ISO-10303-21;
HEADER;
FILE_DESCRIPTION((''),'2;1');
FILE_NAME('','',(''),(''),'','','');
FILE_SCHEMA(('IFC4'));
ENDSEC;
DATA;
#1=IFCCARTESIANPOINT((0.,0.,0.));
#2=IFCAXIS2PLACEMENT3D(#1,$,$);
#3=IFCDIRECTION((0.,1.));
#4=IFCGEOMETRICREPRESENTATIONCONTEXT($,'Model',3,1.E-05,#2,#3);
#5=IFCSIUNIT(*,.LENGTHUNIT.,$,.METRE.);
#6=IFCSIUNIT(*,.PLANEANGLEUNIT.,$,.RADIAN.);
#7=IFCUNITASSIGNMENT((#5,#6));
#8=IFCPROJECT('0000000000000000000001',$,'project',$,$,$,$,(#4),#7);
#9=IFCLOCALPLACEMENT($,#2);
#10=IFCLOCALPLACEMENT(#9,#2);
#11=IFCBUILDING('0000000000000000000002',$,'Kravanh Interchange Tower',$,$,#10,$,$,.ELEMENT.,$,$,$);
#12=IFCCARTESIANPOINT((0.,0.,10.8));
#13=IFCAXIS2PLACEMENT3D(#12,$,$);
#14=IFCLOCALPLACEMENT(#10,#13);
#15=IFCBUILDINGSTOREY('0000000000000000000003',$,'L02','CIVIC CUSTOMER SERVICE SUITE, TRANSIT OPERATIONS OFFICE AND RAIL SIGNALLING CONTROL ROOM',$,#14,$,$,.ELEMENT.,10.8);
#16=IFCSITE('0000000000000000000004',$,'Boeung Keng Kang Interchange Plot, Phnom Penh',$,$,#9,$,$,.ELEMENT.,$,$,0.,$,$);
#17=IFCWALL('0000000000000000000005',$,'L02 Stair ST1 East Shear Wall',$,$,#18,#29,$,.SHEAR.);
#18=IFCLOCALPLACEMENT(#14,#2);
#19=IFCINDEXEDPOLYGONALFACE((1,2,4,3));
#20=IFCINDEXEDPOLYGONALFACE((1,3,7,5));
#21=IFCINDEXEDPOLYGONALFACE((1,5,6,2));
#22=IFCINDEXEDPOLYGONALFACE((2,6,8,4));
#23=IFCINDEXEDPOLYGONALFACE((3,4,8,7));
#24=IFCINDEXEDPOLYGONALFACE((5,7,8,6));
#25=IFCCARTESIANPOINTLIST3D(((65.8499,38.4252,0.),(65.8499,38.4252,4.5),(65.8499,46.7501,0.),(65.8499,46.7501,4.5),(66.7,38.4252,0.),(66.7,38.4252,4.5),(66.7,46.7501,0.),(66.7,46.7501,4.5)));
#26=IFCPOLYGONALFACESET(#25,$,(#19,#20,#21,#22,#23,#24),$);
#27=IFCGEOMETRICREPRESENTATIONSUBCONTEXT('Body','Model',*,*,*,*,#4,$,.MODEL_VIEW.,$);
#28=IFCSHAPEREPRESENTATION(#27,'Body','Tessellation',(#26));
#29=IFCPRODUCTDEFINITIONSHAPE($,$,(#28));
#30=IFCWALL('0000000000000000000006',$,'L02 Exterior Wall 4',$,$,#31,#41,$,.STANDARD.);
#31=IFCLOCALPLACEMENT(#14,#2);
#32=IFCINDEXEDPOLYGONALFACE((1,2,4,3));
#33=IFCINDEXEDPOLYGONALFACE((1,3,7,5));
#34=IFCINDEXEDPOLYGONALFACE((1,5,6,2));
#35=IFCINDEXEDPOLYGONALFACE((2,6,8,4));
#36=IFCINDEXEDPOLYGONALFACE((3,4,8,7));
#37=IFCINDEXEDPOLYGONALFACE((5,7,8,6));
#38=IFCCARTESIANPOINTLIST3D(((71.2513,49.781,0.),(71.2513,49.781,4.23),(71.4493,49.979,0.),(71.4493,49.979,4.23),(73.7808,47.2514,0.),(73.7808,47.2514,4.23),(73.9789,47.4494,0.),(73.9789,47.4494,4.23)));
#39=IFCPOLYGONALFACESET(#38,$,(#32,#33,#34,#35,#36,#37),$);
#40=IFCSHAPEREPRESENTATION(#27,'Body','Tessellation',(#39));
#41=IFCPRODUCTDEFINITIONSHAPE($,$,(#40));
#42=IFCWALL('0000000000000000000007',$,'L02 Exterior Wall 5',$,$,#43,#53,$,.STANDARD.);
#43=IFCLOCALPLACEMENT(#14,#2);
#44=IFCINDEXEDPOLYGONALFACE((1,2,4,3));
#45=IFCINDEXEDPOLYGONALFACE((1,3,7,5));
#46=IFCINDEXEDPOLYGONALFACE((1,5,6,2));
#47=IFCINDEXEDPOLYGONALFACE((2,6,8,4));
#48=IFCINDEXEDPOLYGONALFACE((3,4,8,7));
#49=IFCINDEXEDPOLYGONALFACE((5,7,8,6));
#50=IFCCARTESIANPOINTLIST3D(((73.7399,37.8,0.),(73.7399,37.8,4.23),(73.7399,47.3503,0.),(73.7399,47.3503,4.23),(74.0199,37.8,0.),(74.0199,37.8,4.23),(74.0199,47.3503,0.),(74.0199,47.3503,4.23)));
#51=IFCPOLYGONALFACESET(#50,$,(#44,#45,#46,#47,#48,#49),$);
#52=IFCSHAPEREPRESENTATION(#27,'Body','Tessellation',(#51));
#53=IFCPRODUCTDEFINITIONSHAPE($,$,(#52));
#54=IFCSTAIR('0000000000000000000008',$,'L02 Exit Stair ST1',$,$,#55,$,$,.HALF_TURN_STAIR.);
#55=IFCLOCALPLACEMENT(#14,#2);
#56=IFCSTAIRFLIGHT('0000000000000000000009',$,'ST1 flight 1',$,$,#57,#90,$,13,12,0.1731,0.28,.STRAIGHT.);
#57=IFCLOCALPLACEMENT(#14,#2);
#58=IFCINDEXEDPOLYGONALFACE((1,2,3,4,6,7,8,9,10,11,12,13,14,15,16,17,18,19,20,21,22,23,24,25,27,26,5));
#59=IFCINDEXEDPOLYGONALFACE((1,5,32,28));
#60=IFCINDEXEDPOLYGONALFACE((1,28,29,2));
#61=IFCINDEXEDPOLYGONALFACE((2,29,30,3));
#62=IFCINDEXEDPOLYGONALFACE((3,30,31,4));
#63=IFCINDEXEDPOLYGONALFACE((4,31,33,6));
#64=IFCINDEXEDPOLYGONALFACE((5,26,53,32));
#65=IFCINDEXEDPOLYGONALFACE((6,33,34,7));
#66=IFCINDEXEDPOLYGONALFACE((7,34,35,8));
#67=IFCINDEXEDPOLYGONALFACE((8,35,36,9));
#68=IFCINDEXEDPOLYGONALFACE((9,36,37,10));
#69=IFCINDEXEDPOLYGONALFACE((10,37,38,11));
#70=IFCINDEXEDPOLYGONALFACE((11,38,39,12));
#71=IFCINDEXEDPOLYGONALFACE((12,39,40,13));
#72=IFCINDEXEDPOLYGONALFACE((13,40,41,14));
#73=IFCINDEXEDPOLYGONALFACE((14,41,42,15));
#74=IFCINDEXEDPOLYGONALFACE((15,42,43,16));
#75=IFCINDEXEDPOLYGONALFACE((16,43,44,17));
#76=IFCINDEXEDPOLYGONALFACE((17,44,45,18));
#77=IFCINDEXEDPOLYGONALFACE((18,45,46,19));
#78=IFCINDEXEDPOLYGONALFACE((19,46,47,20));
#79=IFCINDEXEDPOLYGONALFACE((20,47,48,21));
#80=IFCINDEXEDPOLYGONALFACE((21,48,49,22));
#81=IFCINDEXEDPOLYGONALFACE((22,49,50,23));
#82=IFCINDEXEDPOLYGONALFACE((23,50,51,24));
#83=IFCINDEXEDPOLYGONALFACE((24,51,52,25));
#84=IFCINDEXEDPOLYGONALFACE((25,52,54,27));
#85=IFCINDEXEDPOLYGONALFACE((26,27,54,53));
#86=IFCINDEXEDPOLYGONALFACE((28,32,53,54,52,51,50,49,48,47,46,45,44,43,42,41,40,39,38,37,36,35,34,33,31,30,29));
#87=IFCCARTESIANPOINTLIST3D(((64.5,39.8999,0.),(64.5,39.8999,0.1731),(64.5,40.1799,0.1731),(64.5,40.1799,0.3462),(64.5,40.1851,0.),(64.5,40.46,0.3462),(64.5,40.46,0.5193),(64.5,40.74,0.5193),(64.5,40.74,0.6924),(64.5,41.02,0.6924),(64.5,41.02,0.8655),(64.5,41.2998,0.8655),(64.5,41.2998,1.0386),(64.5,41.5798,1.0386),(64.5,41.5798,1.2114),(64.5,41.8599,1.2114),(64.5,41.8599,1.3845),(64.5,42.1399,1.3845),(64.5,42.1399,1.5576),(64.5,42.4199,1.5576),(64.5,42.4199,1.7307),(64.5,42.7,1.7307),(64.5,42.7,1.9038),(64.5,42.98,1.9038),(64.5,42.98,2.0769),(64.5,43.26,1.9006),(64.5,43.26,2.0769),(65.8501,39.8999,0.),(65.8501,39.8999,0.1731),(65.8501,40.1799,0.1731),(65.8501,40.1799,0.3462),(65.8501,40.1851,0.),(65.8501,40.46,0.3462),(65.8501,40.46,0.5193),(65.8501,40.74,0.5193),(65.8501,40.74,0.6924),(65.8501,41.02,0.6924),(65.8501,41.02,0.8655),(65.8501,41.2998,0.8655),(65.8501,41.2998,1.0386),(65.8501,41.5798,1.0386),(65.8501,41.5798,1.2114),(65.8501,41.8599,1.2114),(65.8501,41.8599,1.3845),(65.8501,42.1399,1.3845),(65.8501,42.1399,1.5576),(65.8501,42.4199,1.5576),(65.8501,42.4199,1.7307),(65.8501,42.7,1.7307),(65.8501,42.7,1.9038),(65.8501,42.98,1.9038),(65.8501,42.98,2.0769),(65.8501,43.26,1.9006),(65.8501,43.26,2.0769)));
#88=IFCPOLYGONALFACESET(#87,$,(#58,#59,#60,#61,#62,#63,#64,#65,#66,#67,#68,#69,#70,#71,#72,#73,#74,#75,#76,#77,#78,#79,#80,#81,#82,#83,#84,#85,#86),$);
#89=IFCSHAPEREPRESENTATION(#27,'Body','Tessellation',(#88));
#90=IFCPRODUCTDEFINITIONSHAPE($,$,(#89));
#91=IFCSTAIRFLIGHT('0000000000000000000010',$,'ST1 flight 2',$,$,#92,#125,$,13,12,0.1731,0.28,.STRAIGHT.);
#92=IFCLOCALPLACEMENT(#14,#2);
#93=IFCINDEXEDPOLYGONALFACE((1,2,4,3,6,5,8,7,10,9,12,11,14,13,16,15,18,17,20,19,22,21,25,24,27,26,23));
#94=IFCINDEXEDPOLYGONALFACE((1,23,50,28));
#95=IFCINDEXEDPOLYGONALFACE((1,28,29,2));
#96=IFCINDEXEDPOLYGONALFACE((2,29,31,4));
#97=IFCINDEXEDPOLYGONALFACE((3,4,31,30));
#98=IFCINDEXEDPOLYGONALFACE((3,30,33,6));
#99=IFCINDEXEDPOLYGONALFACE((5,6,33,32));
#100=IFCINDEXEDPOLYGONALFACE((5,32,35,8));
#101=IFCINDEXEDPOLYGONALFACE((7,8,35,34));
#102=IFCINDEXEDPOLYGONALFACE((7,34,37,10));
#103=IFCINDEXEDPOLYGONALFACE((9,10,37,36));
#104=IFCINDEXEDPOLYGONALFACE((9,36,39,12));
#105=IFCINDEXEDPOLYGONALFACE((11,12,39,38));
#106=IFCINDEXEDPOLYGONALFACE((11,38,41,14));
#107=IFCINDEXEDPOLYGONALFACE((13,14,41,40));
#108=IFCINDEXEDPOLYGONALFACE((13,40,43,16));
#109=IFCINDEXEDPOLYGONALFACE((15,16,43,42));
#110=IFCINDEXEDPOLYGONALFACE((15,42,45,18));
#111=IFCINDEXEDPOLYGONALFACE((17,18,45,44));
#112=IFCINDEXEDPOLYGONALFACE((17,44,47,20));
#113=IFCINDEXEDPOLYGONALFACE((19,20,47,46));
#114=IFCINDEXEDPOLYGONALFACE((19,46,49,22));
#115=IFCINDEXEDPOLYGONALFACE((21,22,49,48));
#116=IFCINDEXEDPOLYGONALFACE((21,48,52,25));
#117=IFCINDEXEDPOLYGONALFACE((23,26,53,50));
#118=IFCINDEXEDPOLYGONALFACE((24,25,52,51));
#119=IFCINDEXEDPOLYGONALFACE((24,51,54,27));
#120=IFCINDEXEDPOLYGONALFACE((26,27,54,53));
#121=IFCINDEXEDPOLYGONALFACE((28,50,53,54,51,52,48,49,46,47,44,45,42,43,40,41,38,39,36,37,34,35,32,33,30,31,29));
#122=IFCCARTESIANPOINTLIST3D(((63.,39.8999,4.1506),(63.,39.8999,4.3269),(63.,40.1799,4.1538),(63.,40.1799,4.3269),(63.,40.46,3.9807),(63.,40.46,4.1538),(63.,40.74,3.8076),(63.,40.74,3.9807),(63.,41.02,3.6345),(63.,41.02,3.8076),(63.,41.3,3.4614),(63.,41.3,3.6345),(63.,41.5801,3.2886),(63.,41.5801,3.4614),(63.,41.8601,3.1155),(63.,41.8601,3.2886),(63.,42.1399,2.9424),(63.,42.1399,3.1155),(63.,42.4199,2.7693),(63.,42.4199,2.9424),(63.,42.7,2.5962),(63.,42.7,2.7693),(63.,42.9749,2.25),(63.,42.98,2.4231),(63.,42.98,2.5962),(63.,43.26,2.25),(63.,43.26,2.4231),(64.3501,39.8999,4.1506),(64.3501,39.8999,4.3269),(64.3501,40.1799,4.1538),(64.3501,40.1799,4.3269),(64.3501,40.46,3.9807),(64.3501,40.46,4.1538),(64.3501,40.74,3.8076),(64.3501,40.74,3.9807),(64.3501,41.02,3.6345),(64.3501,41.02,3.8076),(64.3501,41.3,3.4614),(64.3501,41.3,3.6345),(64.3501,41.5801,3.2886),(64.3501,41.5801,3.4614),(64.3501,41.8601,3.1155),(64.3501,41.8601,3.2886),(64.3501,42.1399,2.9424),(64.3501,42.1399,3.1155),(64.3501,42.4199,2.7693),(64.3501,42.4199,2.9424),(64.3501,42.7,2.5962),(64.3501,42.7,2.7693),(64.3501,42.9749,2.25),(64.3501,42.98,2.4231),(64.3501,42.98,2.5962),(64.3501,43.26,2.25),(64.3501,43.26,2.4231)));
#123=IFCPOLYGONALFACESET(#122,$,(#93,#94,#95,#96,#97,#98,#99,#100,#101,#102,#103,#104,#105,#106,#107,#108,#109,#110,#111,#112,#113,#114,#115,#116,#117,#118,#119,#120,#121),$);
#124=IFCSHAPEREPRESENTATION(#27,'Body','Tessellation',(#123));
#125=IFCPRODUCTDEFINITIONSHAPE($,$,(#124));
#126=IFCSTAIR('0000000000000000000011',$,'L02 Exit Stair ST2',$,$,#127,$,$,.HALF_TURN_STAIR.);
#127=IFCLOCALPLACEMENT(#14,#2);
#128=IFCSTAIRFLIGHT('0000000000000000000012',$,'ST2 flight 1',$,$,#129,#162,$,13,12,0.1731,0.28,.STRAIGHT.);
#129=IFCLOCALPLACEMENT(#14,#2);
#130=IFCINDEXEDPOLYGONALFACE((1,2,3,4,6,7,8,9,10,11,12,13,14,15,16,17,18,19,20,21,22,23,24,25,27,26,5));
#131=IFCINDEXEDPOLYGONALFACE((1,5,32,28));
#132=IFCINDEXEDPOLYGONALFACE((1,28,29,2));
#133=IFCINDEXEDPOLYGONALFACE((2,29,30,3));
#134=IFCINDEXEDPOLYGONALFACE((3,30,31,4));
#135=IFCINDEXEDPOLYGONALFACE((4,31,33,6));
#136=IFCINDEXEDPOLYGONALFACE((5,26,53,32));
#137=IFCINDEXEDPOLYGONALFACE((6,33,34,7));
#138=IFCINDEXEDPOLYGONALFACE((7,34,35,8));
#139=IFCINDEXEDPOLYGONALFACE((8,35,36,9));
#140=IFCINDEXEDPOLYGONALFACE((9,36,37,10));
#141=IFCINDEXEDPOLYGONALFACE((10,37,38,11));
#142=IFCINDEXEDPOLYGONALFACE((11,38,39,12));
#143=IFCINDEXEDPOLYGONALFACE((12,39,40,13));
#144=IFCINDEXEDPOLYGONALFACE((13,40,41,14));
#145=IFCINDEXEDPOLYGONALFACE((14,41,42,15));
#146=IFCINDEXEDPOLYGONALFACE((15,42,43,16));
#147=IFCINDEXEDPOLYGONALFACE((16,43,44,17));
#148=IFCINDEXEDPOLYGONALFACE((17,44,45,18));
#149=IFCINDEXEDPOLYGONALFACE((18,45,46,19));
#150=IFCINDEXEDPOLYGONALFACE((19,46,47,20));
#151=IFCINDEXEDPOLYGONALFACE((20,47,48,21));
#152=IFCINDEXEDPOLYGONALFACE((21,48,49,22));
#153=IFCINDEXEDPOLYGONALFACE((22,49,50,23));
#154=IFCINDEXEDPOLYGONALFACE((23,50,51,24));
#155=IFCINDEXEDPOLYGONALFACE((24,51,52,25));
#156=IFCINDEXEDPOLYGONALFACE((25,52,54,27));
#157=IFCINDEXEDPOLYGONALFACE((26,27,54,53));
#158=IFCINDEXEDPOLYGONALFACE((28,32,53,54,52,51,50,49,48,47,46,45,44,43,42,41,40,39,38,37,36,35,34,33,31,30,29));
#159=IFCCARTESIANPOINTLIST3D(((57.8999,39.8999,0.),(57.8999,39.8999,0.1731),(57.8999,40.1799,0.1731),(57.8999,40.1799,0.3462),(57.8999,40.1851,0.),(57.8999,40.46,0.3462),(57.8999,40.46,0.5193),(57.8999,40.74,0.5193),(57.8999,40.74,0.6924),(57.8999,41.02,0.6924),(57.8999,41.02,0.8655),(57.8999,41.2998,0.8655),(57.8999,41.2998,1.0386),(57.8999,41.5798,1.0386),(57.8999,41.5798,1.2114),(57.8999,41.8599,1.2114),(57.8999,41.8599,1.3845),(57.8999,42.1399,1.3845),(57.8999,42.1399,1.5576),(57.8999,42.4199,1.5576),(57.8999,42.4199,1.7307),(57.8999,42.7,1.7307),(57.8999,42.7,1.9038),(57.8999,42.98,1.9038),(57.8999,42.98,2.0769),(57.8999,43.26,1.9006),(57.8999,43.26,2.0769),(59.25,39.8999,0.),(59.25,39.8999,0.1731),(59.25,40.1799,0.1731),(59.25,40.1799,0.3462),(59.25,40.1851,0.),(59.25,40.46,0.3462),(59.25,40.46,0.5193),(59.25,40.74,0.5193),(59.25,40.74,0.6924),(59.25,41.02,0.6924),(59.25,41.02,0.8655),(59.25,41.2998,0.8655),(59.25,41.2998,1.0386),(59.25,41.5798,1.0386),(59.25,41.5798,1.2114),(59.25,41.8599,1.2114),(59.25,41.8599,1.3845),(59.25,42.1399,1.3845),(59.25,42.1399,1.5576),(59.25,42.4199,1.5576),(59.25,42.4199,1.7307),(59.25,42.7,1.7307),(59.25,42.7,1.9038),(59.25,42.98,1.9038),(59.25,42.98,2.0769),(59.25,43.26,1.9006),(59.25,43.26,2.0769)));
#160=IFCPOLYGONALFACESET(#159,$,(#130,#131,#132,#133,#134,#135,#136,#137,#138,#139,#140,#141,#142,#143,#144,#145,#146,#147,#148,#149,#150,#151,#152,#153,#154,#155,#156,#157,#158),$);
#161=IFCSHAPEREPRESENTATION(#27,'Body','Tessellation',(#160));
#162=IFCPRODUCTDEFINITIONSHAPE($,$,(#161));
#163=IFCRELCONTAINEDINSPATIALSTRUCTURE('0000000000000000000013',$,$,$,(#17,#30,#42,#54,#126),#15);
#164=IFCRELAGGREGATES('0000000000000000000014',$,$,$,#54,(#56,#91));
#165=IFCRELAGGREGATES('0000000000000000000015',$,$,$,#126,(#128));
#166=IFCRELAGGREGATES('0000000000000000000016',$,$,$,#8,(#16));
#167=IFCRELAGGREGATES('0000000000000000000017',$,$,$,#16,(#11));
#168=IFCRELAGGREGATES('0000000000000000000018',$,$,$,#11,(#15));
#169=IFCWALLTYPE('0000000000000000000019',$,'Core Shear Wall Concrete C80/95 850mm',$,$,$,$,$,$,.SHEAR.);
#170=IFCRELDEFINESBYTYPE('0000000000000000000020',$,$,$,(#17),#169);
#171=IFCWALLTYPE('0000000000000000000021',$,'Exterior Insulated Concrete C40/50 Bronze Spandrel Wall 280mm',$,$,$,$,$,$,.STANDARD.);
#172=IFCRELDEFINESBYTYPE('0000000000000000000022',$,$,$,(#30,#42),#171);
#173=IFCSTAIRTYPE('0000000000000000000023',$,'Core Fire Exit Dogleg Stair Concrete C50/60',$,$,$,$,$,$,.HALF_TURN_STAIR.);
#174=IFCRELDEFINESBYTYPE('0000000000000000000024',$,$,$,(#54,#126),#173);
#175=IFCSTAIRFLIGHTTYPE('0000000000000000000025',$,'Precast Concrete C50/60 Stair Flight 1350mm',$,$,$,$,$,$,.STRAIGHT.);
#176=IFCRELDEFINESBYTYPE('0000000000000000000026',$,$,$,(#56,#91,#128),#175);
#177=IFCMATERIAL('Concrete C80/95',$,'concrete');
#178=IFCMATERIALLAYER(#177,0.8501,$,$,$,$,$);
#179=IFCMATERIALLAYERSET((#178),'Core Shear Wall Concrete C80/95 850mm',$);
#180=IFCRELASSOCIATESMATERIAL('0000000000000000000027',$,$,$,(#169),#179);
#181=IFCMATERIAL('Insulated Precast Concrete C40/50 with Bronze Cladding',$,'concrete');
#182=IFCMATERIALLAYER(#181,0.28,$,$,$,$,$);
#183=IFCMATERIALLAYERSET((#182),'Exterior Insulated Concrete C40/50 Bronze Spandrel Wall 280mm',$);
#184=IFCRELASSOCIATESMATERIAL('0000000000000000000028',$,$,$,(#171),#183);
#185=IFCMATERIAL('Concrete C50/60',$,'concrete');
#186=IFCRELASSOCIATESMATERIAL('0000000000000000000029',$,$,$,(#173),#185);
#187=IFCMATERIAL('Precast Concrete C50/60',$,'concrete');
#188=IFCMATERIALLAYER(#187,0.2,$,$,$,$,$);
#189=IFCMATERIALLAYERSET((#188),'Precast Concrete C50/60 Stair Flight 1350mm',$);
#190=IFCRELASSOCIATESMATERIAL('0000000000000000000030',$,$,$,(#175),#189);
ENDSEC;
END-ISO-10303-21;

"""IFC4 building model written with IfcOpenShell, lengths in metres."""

from ifc_helpers import new_model, si_unit, direction, frame, frame_2d, origin, place, context, subcontext, project, spatial, polyline, rectangle, outline, extrude, material, layer, layer_set, type_object, element, aggregate, save


model = new_model("IFC4")

# Units and contexts
model_context = context("Model", 3, precision=1e-05, world=origin(), true_north=direction((0.0, 1.0)))
body_context = subcontext(model_context, "Body", "Model", "MODEL_VIEW")
ifc_project = project(units=[si_unit("LENGTHUNIT", "METRE"), si_unit("PLANEANGLEUNIT", "RADIAN")], contexts=[model_context])

# Site, building, storey
site_placement = place(None, origin())
site = spatial("IfcSite", under=ifc_project, at=site_placement, Name="Boeung Keng Kang Interchange Plot, Phnom Penh", CompositionType="ELEMENT", RefElevation=0.0)
building_placement = place(site_placement, origin())
building = spatial("IfcBuilding", under=site, at=building_placement, Name="Kravanh Interchange Tower", CompositionType="ELEMENT")
storey_placement = place(building_placement, frame((0.0, 0.0, 10.8)))
storey = spatial("IfcBuildingStorey", under=building, at=storey_placement, Name="L02", Description="CIVIC CUSTOMER SERVICE SUITE, TRANSIT OPERATIONS OFFICE AND RAIL SIGNALLING CONTROL ROOM", CompositionType="ELEMENT", Elevation=10.8)

# Walls
ifc_material_1 = material(Name="Concrete C80/95", Category="concrete")
ifc_layer_1 = layer(ifc_material_1, 0.8501)
ifc_layer_set_1 = layer_set([ifc_layer_1], Name="Core Shear Wall Concrete C80/95 850mm")
wall_type_1 = type_object("IfcWallType", Name="Core Shear Wall Concrete C80/95 850mm", PredefinedType="SHEAR", material=ifc_layer_set_1)
wall_1_placement = place(storey_placement, frame((66.2749, 38.425, 0.0), z_axis=(0.0, 0.0, 1.0), x_axis=(0.0, 1.0, 0.0)))
element("IfcWall", 1, at=wall_1_placement, inside=storey, type_object=wall_type_1, Name="L02 Stair ST1 East Shear Wall", PredefinedType="SHEAR", context=body_context, shape_type="SweptSolid", body=[
    extrude(rectangle(XDim=8.325, YDim=0.8501, at=frame_2d((4.1626, 0.0))), origin(), (0.0, 0.0, 1.0), 4.5),
])
ifc_material_2 = material(Name="Insulated Precast Concrete C40/50 with Bronze Cladding", Category="concrete")
ifc_layer_2 = layer(ifc_material_2, 0.28)
ifc_layer_set_2 = layer_set([ifc_layer_2], Name="Exterior Insulated Concrete C40/50 Bronze Spandrel Wall 280mm")
wall_type_2 = type_object("IfcWallType", Name="Exterior Insulated Concrete C40/50 Bronze Spandrel Wall 280mm", PredefinedType="STANDARD", material=ifc_layer_set_2)
wall_2_placement = place(storey_placement, frame((71.3503, 49.8799, 0.0), z_axis=(0.0, 0.0, 1.0), x_axis=(0.707107, -0.707107, 0.0)))
element("IfcWall", 2, at=wall_2_placement, inside=storey, type_object=wall_type_2, Name="L02 Exterior Wall 4", PredefinedType="STANDARD", context=body_context, shape_type="SweptSolid", body=[
    extrude(rectangle(XDim=3.5774, YDim=0.28, at=frame_2d((1.7886, 0.0))), origin(), (0.0, 0.0, 1.0), 4.23),
])
wall_3_placement = place(storey_placement, frame((73.8799, 47.3503, 0.0), z_axis=(0.0, 0.0, 1.0), x_axis=(0.0, -1.0, 0.0)))
element("IfcWall", 3, at=wall_3_placement, inside=storey, type_object=wall_type_2, Name="L02 Exterior Wall 5", PredefinedType="STANDARD", context=body_context, shape_type="SweptSolid", body=[
    extrude(rectangle(XDim=9.5503, YDim=0.28, at=frame_2d((4.7751, 0.0))), origin(), (0.0, 0.0, 1.0), 4.23),
])

# Stairs, stair flights
ifc_material_3 = material(Name="Concrete C50/60", Category="concrete")
stair_type = type_object("IfcStairType", Name="Core Fire Exit Dogleg Stair Concrete C50/60", PredefinedType="HALF_TURN_STAIR", material=ifc_material_3)
stair_1_placement = place(storey_placement, origin())
stair_1 = element("IfcStair", 4, at=stair_1_placement, inside=storey, type_object=stair_type, Name="L02 Exit Stair ST1", PredefinedType="HALF_TURN_STAIR")
ifc_material_4 = material(Name="Precast Concrete C50/60", Category="concrete")
ifc_layer_3 = layer(ifc_material_4, 0.2)
ifc_layer_set_3 = layer_set([ifc_layer_3], Name="Precast Concrete C50/60 Stair Flight 1350mm")
stair_flight_type = type_object("IfcStairFlightType", Name="Precast Concrete C50/60 Stair Flight 1350mm", PredefinedType="STRAIGHT", material=ifc_layer_set_3)
stair_flight_1_placement = place(storey_placement, frame((65.175, 39.8999, 0.0), z_axis=(0.0, 0.0, 1.0), x_axis=(0.0, 1.0, 0.0)))
stair_flight_1 = element("IfcStairFlight", 5, at=stair_flight_1_placement, type_object=stair_flight_type, Name="ST1 flight 1", NumberOfRisers=13, NumberOfTreads=12, PredefinedType="STRAIGHT", RiserHeight=0.1731, TreadLength=0.28, context=body_context, shape_type="SweptSolid", body=[
    extrude(outline(polyline([(0.0, 0.0), (0.0, 0.1731), (0.28, 0.1731), (0.28, 0.3462), (0.5601, 0.3462), (0.5601, 0.5193), (0.8401, 0.5193), (0.8401, 0.6924), (1.1201, 0.6924), (1.1201, 0.8655), (1.3999, 0.8655), (1.3999, 1.0386), (1.6799, 1.0386), (1.6799, 1.2114), (1.96, 1.2114), (1.96, 1.3845), (2.24, 1.3845), (2.24, 1.5576), (2.52, 1.5576), (2.52, 1.7307), (2.8, 1.7307), (2.8, 1.9038), (3.0801, 1.9038), (3.0801, 2.0769), (3.3601, 2.0769), (3.3601, 2.25), (3.3601, 1.9006), (0.2852, 0.0), (0.0, 0.0)])), frame((0.0, 0.675, 0.0), z_axis=(0.0, -1.0, 0.0), x_axis=(1.0, 0.0, 0.0)), (0.0, 0.0, 1.0), 1.3501),
])
stair_flight_2_placement = place(storey_placement, frame((63.675, 43.26, 2.25), z_axis=(0.0, 0.0, 1.0), x_axis=(0.0, -1.0, 0.0)))
stair_flight_2 = element("IfcStairFlight", 6, at=stair_flight_2_placement, type_object=stair_flight_type, Name="ST1 flight 2", NumberOfRisers=13, NumberOfTreads=12, PredefinedType="STRAIGHT", RiserHeight=0.1731, TreadLength=0.28, context=body_context, shape_type="SweptSolid", body=[
    extrude(outline(polyline([(0.0, 0.0), (0.0, 0.1731), (0.28, 0.1731), (0.28, 0.3462), (0.5601, 0.3462), (0.5601, 0.5193), (0.8401, 0.5193), (0.8401, 0.6924), (1.1201, 0.6924), (1.1201, 0.8655), (1.3999, 0.8655), (1.3999, 1.0386), (1.6799, 1.0386), (1.6799, 1.2114), (1.96, 1.2114), (1.96, 1.3845), (2.24, 1.3845), (2.24, 1.5576), (2.52, 1.5576), (2.52, 1.7307), (2.8, 1.7307), (2.8, 1.9038), (3.0801, 1.9038), (3.0801, 2.0769), (3.3601, 2.0769), (3.3601, 2.25), (3.3601, 1.9006), (0.2852, 0.0), (0.0, 0.0)])), frame((0.0, 0.675, 0.0), z_axis=(0.0, -1.0, 0.0), x_axis=(1.0, 0.0, 0.0)), (0.0, 0.0, 1.0), 1.3501),
])
aggregate(stair_1, [stair_flight_1, stair_flight_2])
stair_2_placement = place(storey_placement, origin())
stair_2 = element("IfcStair", 7, at=stair_2_placement, inside=storey, type_object=stair_type, Name="L02 Exit Stair ST2", PredefinedType="HALF_TURN_STAIR")
stair_flight_3_placement = place(storey_placement, frame((58.575, 39.8999, 0.0), z_axis=(0.0, 0.0, 1.0), x_axis=(0.0, 1.0, 0.0)))
stair_flight_3 = element("IfcStairFlight", 8, at=stair_flight_3_placement, type_object=stair_flight_type, Name="ST2 flight 1", NumberOfRisers=13, NumberOfTreads=12, PredefinedType="STRAIGHT", RiserHeight=0.1731, TreadLength=0.28, context=body_context, shape_type="SweptSolid", body=[
    extrude(outline(polyline([(0.0, 0.0), (0.0, 0.1731), (0.28, 0.1731), (0.28, 0.3462), (0.5601, 0.3462), (0.5601, 0.5193), (0.8401, 0.5193), (0.8401, 0.6924), (1.1201, 0.6924), (1.1201, 0.8655), (1.3999, 0.8655), (1.3999, 1.0386), (1.6799, 1.0386), (1.6799, 1.2114), (1.96, 1.2114), (1.96, 1.3845), (2.24, 1.3845), (2.24, 1.5576), (2.52, 1.5576), (2.52, 1.7307), (2.8, 1.7307), (2.8, 1.9038), (3.0801, 1.9038), (3.0801, 2.0769), (3.3601, 2.0769), (3.3601, 2.25), (3.3601, 1.9006), (0.2852, 0.0), (0.0, 0.0)])), frame((0.0, 0.675, 0.0), z_axis=(0.0, -1.0, 0.0), x_axis=(1.0, 0.0, 0.0)), (0.0, 0.0, 1.0), 1.3501),
])
aggregate(stair_2, [stair_flight_3])

save(model, "model.ifc")
